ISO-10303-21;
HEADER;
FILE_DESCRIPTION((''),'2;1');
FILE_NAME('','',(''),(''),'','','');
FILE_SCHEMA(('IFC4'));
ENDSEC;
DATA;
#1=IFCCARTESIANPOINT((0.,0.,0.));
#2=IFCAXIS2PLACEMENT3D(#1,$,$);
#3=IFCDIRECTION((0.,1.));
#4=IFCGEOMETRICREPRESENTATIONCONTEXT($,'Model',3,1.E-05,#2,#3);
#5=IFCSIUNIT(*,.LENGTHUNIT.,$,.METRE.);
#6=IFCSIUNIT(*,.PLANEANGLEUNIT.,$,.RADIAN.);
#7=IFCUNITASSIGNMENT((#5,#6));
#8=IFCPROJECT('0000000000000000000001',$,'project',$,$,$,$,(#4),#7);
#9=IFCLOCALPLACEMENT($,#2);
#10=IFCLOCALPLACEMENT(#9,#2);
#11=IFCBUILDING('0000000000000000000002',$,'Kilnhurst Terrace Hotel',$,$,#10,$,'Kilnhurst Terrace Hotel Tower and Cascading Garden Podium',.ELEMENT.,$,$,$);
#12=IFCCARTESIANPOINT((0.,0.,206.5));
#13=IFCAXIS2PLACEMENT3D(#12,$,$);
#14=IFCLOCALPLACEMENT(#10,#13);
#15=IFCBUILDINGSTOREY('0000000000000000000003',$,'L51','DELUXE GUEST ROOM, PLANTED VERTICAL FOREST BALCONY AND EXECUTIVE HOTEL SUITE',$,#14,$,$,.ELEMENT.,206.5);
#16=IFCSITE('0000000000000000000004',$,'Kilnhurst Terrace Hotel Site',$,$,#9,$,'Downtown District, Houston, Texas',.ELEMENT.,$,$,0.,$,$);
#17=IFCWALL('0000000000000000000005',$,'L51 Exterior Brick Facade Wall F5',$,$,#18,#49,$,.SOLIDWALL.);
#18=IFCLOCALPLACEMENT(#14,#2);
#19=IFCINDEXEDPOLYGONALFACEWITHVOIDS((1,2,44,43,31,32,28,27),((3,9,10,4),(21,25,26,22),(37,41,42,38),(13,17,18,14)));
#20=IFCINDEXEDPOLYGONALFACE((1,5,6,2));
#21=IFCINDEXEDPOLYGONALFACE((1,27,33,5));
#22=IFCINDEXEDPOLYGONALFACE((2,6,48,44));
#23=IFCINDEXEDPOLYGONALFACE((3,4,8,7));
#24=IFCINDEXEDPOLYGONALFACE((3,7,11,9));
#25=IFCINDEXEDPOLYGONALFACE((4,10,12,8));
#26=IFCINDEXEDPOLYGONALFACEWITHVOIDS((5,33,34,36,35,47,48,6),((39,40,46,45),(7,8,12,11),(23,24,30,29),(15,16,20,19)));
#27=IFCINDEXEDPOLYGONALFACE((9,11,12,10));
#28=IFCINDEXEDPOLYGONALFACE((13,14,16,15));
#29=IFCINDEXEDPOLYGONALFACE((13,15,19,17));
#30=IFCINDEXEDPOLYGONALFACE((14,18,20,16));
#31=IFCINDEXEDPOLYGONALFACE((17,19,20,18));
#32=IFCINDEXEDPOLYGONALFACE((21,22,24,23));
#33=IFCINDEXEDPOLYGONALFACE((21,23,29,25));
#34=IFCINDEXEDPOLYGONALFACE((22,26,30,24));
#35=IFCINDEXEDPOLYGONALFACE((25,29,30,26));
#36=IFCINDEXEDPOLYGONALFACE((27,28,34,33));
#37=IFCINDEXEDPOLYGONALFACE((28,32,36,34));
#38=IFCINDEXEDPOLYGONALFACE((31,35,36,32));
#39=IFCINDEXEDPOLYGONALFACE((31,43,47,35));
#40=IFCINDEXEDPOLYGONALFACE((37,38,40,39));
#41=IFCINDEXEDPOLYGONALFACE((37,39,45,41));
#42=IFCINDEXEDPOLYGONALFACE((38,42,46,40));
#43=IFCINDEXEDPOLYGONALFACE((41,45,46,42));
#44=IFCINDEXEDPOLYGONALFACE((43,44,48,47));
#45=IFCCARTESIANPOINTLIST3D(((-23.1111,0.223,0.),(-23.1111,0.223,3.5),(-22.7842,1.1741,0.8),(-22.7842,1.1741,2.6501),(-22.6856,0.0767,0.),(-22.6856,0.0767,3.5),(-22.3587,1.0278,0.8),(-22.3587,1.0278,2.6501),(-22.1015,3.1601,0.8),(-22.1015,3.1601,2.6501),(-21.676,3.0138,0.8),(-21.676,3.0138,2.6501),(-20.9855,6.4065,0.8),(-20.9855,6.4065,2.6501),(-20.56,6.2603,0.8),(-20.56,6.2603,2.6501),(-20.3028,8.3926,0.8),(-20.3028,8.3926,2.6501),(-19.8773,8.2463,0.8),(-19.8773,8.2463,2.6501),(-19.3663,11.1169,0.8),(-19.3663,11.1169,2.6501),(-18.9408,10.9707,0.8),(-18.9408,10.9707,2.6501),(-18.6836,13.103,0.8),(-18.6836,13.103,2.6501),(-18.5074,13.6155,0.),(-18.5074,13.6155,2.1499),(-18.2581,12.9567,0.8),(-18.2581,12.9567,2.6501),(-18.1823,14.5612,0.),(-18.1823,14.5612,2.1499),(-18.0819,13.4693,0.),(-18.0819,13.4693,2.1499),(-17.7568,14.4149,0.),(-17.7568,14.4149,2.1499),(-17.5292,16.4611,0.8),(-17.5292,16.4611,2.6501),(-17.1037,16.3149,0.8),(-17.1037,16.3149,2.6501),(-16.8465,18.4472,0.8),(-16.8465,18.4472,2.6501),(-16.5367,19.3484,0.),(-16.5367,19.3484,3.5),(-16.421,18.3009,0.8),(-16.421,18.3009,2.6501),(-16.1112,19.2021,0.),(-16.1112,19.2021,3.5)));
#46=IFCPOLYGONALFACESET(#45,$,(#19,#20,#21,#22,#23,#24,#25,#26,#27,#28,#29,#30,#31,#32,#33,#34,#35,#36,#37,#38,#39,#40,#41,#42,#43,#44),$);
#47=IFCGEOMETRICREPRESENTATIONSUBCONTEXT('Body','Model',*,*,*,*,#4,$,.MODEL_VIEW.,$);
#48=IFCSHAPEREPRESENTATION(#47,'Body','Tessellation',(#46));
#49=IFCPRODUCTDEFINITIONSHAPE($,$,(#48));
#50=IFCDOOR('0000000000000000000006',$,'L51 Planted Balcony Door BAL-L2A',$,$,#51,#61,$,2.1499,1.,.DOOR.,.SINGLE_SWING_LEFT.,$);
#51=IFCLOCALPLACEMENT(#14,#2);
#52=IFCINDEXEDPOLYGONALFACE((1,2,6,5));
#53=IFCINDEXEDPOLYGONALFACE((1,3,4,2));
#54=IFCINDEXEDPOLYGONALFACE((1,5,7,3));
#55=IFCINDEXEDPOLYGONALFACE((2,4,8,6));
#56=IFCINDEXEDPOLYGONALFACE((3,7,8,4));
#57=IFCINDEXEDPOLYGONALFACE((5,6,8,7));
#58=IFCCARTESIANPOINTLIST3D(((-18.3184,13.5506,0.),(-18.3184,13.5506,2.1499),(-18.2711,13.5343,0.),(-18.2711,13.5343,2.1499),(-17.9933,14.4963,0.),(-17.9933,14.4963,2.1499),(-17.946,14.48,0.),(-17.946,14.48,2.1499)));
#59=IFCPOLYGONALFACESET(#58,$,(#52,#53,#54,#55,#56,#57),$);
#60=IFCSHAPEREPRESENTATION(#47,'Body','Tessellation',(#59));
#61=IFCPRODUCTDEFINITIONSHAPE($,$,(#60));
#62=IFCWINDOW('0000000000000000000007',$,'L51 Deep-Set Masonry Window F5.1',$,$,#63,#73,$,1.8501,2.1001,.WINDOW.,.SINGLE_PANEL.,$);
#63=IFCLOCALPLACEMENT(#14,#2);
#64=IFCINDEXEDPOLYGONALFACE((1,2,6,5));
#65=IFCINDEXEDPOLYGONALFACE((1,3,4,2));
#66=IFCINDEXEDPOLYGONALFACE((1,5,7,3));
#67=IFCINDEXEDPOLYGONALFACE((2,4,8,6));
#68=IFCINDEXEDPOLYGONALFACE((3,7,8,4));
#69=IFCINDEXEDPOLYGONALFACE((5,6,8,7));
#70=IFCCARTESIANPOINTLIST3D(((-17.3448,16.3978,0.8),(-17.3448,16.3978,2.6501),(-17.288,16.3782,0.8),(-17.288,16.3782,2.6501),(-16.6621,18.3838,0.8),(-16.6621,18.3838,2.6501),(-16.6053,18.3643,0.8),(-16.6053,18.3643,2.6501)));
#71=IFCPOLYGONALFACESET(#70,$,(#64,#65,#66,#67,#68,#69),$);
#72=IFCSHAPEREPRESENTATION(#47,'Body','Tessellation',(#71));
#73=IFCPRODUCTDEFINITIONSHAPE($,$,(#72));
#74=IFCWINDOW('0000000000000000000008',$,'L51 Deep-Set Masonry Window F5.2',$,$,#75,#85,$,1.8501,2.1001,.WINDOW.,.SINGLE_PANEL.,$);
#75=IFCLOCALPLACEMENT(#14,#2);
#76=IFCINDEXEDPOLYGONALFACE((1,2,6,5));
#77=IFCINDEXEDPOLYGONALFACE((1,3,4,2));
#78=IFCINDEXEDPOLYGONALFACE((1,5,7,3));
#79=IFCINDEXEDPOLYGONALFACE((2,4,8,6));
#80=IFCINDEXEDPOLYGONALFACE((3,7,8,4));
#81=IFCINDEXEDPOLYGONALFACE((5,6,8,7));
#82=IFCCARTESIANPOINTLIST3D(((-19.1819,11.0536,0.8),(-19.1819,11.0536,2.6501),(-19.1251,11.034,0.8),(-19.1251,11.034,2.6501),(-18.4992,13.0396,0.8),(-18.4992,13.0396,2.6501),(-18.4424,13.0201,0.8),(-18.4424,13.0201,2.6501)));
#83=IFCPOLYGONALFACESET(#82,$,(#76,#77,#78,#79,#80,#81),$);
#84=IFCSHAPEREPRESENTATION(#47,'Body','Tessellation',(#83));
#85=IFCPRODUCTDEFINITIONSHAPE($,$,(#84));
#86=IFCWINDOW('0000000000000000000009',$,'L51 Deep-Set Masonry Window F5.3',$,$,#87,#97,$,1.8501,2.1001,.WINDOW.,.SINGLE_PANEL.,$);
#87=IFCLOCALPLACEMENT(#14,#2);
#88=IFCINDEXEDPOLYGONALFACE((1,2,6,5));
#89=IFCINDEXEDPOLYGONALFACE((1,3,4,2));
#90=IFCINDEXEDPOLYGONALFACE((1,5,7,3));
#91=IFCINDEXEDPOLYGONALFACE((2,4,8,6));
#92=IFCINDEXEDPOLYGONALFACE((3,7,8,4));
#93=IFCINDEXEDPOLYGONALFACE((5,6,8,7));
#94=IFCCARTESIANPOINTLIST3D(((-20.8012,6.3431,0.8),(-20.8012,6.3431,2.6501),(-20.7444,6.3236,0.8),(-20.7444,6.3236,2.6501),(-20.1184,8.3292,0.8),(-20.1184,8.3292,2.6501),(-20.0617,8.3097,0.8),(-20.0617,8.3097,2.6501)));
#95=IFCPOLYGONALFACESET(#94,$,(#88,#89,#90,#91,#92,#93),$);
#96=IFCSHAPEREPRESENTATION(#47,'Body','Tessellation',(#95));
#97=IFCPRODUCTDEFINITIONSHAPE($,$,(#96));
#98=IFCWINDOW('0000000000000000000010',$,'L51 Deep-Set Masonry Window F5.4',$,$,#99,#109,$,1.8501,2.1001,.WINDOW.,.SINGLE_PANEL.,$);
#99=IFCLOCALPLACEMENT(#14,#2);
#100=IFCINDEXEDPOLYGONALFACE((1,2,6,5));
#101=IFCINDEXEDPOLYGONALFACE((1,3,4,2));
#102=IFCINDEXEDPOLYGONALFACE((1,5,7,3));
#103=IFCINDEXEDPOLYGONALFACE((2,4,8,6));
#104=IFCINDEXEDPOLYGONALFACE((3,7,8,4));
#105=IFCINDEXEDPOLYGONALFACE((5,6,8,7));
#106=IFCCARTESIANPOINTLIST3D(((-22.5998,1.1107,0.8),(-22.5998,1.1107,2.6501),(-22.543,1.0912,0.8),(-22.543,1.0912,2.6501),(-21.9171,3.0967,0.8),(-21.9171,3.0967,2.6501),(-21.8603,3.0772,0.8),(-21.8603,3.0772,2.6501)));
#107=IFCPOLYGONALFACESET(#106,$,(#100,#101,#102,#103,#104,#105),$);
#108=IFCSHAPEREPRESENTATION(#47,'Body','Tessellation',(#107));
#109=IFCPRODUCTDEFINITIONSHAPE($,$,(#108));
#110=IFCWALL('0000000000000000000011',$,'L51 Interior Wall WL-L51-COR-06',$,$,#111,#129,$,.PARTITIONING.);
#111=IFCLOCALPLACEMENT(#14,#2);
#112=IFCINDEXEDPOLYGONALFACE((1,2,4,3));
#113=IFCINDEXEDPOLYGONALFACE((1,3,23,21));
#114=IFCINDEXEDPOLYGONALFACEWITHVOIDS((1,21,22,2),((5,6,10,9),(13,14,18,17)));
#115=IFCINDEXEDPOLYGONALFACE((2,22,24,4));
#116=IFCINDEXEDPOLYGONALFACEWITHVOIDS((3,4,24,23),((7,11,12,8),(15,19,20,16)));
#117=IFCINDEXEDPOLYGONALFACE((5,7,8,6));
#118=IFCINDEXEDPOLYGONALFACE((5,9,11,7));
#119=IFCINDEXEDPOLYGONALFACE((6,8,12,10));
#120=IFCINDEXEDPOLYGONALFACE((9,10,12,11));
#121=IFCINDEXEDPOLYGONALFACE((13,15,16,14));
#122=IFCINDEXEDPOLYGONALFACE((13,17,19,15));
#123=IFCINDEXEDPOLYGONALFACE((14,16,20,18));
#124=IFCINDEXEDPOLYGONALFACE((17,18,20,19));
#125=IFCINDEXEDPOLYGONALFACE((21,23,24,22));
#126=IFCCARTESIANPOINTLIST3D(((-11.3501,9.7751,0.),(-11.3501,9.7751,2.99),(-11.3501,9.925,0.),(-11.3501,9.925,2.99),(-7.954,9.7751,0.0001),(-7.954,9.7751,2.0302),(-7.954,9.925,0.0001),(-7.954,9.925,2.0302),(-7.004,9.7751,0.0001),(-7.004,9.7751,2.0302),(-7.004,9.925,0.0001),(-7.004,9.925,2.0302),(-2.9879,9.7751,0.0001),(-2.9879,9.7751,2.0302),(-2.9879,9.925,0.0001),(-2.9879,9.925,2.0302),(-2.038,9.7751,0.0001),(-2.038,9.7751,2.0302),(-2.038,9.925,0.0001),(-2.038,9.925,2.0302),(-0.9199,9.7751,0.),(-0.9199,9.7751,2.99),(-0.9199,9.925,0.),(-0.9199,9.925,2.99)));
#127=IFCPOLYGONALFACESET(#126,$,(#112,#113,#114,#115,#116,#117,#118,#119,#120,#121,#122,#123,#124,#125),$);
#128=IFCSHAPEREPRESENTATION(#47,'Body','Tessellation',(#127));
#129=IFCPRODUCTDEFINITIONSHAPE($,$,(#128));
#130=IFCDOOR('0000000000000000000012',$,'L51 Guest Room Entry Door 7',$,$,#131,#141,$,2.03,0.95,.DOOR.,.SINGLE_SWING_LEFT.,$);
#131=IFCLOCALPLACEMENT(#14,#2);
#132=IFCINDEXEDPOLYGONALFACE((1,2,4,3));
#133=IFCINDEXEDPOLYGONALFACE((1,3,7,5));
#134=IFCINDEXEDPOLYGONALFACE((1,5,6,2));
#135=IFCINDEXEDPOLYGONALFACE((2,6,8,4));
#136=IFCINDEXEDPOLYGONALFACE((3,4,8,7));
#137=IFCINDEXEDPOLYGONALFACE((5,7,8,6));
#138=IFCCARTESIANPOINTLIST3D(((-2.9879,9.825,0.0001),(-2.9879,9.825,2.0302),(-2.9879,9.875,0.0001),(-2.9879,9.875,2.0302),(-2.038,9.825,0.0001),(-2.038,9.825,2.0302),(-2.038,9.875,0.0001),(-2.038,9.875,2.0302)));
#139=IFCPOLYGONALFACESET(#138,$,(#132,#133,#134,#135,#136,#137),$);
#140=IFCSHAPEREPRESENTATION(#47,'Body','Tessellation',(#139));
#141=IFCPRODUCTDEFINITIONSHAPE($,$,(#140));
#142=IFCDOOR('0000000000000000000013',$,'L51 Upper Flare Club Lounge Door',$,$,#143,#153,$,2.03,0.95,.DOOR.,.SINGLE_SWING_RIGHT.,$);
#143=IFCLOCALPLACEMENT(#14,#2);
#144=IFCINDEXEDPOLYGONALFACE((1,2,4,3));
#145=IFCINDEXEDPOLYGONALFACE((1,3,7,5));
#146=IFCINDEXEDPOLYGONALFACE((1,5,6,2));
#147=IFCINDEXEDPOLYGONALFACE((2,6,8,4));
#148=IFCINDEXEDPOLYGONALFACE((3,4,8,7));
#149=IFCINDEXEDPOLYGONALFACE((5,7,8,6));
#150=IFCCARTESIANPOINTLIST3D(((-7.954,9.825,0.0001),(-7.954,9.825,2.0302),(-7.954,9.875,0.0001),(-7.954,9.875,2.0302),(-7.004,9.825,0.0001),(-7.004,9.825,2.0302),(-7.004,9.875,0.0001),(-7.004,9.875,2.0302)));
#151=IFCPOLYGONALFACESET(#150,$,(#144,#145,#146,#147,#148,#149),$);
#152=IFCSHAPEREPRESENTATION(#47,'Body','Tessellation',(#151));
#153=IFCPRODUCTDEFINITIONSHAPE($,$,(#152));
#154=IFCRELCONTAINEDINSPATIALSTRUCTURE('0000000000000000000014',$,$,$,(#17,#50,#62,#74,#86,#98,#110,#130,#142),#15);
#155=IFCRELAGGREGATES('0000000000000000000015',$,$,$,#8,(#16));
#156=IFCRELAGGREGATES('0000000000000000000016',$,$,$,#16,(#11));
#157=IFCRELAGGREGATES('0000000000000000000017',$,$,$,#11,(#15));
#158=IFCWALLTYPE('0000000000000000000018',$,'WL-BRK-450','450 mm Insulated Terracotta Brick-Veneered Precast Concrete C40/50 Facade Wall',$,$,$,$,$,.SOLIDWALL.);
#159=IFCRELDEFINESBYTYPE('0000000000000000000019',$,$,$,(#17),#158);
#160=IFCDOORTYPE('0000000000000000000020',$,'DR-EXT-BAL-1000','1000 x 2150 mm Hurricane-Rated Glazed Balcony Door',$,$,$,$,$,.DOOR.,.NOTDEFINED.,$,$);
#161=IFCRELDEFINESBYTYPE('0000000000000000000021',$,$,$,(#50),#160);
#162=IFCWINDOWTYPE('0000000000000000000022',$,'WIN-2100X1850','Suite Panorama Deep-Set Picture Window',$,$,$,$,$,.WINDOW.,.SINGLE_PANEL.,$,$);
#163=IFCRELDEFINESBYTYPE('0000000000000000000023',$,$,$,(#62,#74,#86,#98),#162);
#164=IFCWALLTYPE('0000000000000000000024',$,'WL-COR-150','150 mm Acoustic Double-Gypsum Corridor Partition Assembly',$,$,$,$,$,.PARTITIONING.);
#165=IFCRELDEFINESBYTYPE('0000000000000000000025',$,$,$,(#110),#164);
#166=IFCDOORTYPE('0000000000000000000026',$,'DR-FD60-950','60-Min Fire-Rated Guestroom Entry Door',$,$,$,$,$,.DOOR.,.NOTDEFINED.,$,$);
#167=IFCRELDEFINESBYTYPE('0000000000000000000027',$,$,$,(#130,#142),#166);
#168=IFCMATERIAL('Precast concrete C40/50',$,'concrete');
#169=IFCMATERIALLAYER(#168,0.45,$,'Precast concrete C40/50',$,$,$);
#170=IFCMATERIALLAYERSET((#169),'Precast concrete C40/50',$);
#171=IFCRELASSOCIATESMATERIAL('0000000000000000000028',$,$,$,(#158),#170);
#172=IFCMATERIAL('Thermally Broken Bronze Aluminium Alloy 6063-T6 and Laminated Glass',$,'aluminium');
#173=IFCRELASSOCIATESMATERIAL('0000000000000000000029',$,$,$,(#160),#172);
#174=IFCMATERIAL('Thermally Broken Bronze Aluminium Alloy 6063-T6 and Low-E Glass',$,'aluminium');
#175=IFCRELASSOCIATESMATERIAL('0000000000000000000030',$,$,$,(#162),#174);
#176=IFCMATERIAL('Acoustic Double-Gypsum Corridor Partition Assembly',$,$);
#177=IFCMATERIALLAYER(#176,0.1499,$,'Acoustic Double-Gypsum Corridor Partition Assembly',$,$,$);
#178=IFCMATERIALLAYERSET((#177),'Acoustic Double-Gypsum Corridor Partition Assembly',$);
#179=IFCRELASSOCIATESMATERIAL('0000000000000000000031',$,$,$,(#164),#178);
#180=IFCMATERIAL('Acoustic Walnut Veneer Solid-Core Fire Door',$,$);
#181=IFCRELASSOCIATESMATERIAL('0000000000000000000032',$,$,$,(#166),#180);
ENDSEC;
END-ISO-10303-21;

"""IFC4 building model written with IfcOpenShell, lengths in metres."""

from ifc_helpers import new_model, si_unit, direction, frame, frame_2d, origin, place, context, subcontext, project, spatial, rectangle, extrude, material, layer, layer_set, type_object, element, fill, save


model = new_model("IFC4")

# Units and contexts
model_context = context("Model", 3, precision=1e-05, world=origin(), true_north=direction((0.0, 1.0)))
body_context = subcontext(model_context, "Body", "Model", "MODEL_VIEW")
ifc_project = project(units=[si_unit("LENGTHUNIT", "METRE"), si_unit("PLANEANGLEUNIT", "RADIAN")], contexts=[model_context])

# Site, building, storey
site_placement = place(None, origin())
site = spatial("IfcSite", under=ifc_project, at=site_placement, Name="Kilnhurst Terrace Hotel Site", LongName="Downtown District, Houston, Texas", CompositionType="ELEMENT", RefElevation=0.0)
building_placement = place(site_placement, origin())
building = spatial("IfcBuilding", under=site, at=building_placement, Name="Kilnhurst Terrace Hotel", LongName="Kilnhurst Terrace Hotel Tower and Cascading Garden Podium", CompositionType="ELEMENT")
storey_placement = place(building_placement, frame((0.0, 0.0, 206.5)))
storey = spatial("IfcBuildingStorey", under=building, at=storey_placement, Name="L51", Description="DELUXE GUEST ROOM, PLANTED VERTICAL FOREST BALCONY AND EXECUTIVE HOTEL SUITE", CompositionType="ELEMENT", Elevation=206.5)

# Shared definitions
ifc_material_1 = material(Name="Precast concrete C40/50", Category="concrete")
ifc_layer_1 = layer(ifc_material_1, 0.45, Name="Precast concrete C40/50")
ifc_layer_set_1 = layer_set([ifc_layer_1], Name="Precast concrete C40/50")
wall_type_1 = type_object("IfcWallType", Name="WL-BRK-450", Description="450 mm Insulated Terracotta Brick-Veneered Precast Concrete C40/50 Facade Wall", PredefinedType="SOLIDWALL", material=ifc_layer_set_1)

# Wall, openings, door, windows
wall_1_placement = place(storey_placement, frame((-16.324, 19.2751, 0.0), z_axis=(0.0, 0.0, 1.0), x_axis=(-0.325083, -0.945685, 0.0)))
wall_1 = element("IfcWall", 1, at=wall_1_placement, inside=storey, type_object=wall_type_1, Name="L51 Exterior Brick Facade Wall F5", PredefinedType="SOLIDWALL", context=body_context, shape_type="SweptSolid", body=[
    extrude(rectangle(XDim=20.2239, YDim=0.45, at=frame_2d((10.1118, 0.0))), origin(), (0.0, 0.0, 1.0), 3.5),
])
opening_1_placement = place(wall_1_placement, frame((5.062, 0.0, 0.0)))
opening_1 = element("IfcOpeningElement", 2, at=opening_1_placement, cuts=wall_1, PredefinedType="OPENING", context=body_context, shape_type="SweptSolid", body=[
    extrude(rectangle(XDim=1.0, YDim=2.1499, at=frame_2d((0.5, 1.075))), frame((0.0, 0.2349, 0.0), z_axis=(0.0, -1.0, 0.0), x_axis=(1.0, 0.0, 0.0)), (0.0, 0.0, 1.0), 0.47),
])
opening_2_placement = place(wall_1_placement, frame((0.9529, 0.0, 0.8)))
opening_2 = element("IfcOpeningElement", 3, at=opening_2_placement, cuts=wall_1, PredefinedType="OPENING", context=body_context, shape_type="SweptSolid", body=[
    extrude(rectangle(XDim=2.1001, YDim=1.8501, at=frame_2d((1.05, 0.925))), frame((0.0, 0.2349, 0.0), z_axis=(0.0, -1.0, 0.0), x_axis=(1.0, 0.0, 0.0)), (0.0, 0.0, 1.0), 0.47),
])
opening_3_placement = place(wall_1_placement, frame((6.604, 0.0, 0.8)))
opening_3 = element("IfcOpeningElement", 4, at=opening_3_placement, cuts=wall_1, PredefinedType="OPENING", context=body_context, shape_type="SweptSolid", body=[
    extrude(rectangle(XDim=2.1001, YDim=1.8501, at=frame_2d((1.05, 0.925))), frame((0.0, 0.2349, 0.0), z_axis=(0.0, -1.0, 0.0), x_axis=(1.0, 0.0, 0.0)), (0.0, 0.0, 1.0), 0.47),
])
opening_4_placement = place(wall_1_placement, frame((11.585, 0.0, 0.8)))
opening_4 = element("IfcOpeningElement", 5, at=opening_4_placement, cuts=wall_1, PredefinedType="OPENING", context=body_context, shape_type="SweptSolid", body=[
    extrude(rectangle(XDim=2.1001, YDim=1.8501, at=frame_2d((1.05, 0.925))), frame((0.0, 0.2349, 0.0), z_axis=(0.0, -1.0, 0.0), x_axis=(1.0, 0.0, 0.0)), (0.0, 0.0, 1.0), 0.47),
])
opening_5_placement = place(wall_1_placement, frame((17.1179, 0.0, 0.8)))
opening_5 = element("IfcOpeningElement", 6, at=opening_5_placement, cuts=wall_1, PredefinedType="OPENING", context=body_context, shape_type="SweptSolid", body=[
    extrude(rectangle(XDim=2.1001, YDim=1.8501, at=frame_2d((1.05, 0.925))), frame((0.0, 0.2349, 0.0), z_axis=(0.0, -1.0, 0.0), x_axis=(1.0, 0.0, 0.0)), (0.0, 0.0, 1.0), 0.47),
])
ifc_material_2 = material(Name="Thermally Broken Bronze Aluminium Alloy 6063-T6 and Laminated Glass", Category="aluminium")
door_type_1 = type_object("IfcDoorType", Name="DR-EXT-BAL-1000", Description="1000 x 2150 mm Hurricane-Rated Glazed Balcony Door", OperationType="NOTDEFINED", PredefinedType="DOOR", material=ifc_material_2)
door_1_placement = place(opening_1_placement, origin())
door_1 = element("IfcDoor", 7, at=door_1_placement, inside=storey, type_object=door_type_1, Name="L51 Planted Balcony Door BAL-L2A", OperationType="SINGLE_SWING_LEFT", OverallHeight=2.1499, OverallWidth=1.0, PredefinedType="DOOR", context=body_context, shape_type="SweptSolid", body=[
    extrude(rectangle(XDim=1.0, YDim=2.1499, at=frame_2d((0.5, 1.075))), frame((0.0, 0.0249, 0.0), z_axis=(0.0, -1.0, 0.0), x_axis=(1.0, 0.0, 0.0)), (0.0, 0.0, 1.0), 0.05),
])
fill(opening_1, door_1)
ifc_material_3 = material(Name="Thermally Broken Bronze Aluminium Alloy 6063-T6 and Low-E Glass", Category="aluminium")
window_type = type_object("IfcWindowType", Name="WIN-2100X1850", Description="Suite Panorama Deep-Set Picture Window", PartitioningType="SINGLE_PANEL", PredefinedType="WINDOW", material=ifc_material_3)
window_1_placement = place(opening_2_placement, origin())
window_1 = element("IfcWindow", 8, at=window_1_placement, inside=storey, type_object=window_type, Name="L51 Deep-Set Masonry Window F5.1", OverallHeight=1.8501, OverallWidth=2.1001, PartitioningType="SINGLE_PANEL", PredefinedType="WINDOW", context=body_context, shape_type="SweptSolid", body=[
    extrude(rectangle(XDim=2.1001, YDim=1.8501, at=frame_2d((1.05, 0.925))), frame((0.0, 0.03, 0.0), z_axis=(0.0, -1.0, 0.0), x_axis=(1.0, 0.0, 0.0)), (0.0, 0.0, 1.0), 0.0601),
])
fill(opening_2, window_1)
window_2_placement = place(opening_3_placement, origin())
window_2 = element("IfcWindow", 9, at=window_2_placement, inside=storey, type_object=window_type, Name="L51 Deep-Set Masonry Window F5.2", OverallHeight=1.8501, OverallWidth=2.1001, PartitioningType="SINGLE_PANEL", PredefinedType="WINDOW", context=body_context, shape_type="SweptSolid", body=[
    extrude(rectangle(XDim=2.1001, YDim=1.8501, at=frame_2d((1.05, 0.925))), frame((0.0, 0.03, 0.0), z_axis=(0.0, -1.0, 0.0), x_axis=(1.0, 0.0, 0.0)), (0.0, 0.0, 1.0), 0.0601),
])
fill(opening_3, window_2)
window_3_placement = place(opening_4_placement, origin())
window_3 = element("IfcWindow", 10, at=window_3_placement, inside=storey, type_object=window_type, Name="L51 Deep-Set Masonry Window F5.3", OverallHeight=1.8501, OverallWidth=2.1001, PartitioningType="SINGLE_PANEL", PredefinedType="WINDOW", context=body_context, shape_type="SweptSolid", body=[
    extrude(rectangle(XDim=2.1001, YDim=1.8501, at=frame_2d((1.05, 0.925))), frame((0.0, 0.03, 0.0), z_axis=(0.0, -1.0, 0.0), x_axis=(1.0, 0.0, 0.0)), (0.0, 0.0, 1.0), 0.0601),
])
fill(opening_4, window_3)
window_4_placement = place(opening_5_placement, origin())
window_4 = element("IfcWindow", 11, at=window_4_placement, inside=storey, type_object=window_type, Name="L51 Deep-Set Masonry Window F5.4", OverallHeight=1.8501, OverallWidth=2.1001, PartitioningType="SINGLE_PANEL", PredefinedType="WINDOW", context=body_context, shape_type="SweptSolid", body=[
    extrude(rectangle(XDim=2.1001, YDim=1.8501, at=frame_2d((1.05, 0.925))), frame((0.0, 0.03, 0.0), z_axis=(0.0, -1.0, 0.0), x_axis=(1.0, 0.0, 0.0)), (0.0, 0.0, 1.0), 0.0601),
])
fill(opening_5, window_4)

# Wall, openings, doors
ifc_material_4 = material(Name="Acoustic Double-Gypsum Corridor Partition Assembly")
ifc_layer_2 = layer(ifc_material_4, 0.1499, Name="Acoustic Double-Gypsum Corridor Partition Assembly")
ifc_layer_set_2 = layer_set([ifc_layer_2], Name="Acoustic Double-Gypsum Corridor Partition Assembly")
wall_type_2 = type_object("IfcWallType", Name="WL-COR-150", Description="150 mm Acoustic Double-Gypsum Corridor Partition Assembly", PredefinedType="PARTITIONING", material=ifc_layer_set_2)
wall_2_placement = place(storey_placement, frame((-11.3501, 9.8501, 0.0), z_axis=(0.0, 0.0, 1.0), x_axis=(1.0, 0.0, 0.0)))
wall_2 = element("IfcWall", 12, at=wall_2_placement, inside=storey, type_object=wall_type_2, Name="L51 Interior Wall WL-L51-COR-06", PredefinedType="PARTITIONING", context=body_context, shape_type="SweptSolid", body=[
    extrude(rectangle(XDim=10.4302, YDim=0.1499, at=frame_2d((5.2151, 0.0))), origin(), (0.0, 0.0, 1.0), 2.99),
])
opening_6_placement = place(wall_2_placement, frame((8.3621, 0.0, 0.0)))
opening_6 = element("IfcOpeningElement", 13, at=opening_6_placement, cuts=wall_2, PredefinedType="OPENING", context=body_context, shape_type="SweptSolid", body=[
    extrude(rectangle(XDim=0.95, YDim=2.03, at=frame_2d((0.4751, 1.0151))), frame((0.0, 0.085, 0.0), z_axis=(0.0, -1.0, 0.0), x_axis=(1.0, 0.0, 0.0)), (0.0, 0.0, 1.0), 0.1699),
])
opening_7_placement = place(wall_2_placement, frame((3.396, 0.0, 0.0)))
opening_7 = element("IfcOpeningElement", 14, at=opening_7_placement, cuts=wall_2, PredefinedType="OPENING", context=body_context, shape_type="SweptSolid", body=[
    extrude(rectangle(XDim=0.95, YDim=2.03, at=frame_2d((0.4751, 1.0151))), frame((0.0, 0.085, 0.0), z_axis=(0.0, -1.0, 0.0), x_axis=(1.0, 0.0, 0.0)), (0.0, 0.0, 1.0), 0.1699),
])
ifc_material_5 = material(Name="Acoustic Walnut Veneer Solid-Core Fire Door")
door_type_2 = type_object("IfcDoorType", Name="DR-FD60-950", Description="60-Min Fire-Rated Guestroom Entry Door", OperationType="NOTDEFINED", PredefinedType="DOOR", material=ifc_material_5)
door_2_placement = place(opening_6_placement, origin())
door_2 = element("IfcDoor", 15, at=door_2_placement, inside=storey, type_object=door_type_2, Name="L51 Guest Room Entry Door 7", OperationType="SINGLE_SWING_LEFT", OverallHeight=2.03, OverallWidth=0.95, PredefinedType="DOOR", context=body_context, shape_type="SweptSolid", body=[
    extrude(rectangle(XDim=0.95, YDim=2.03, at=frame_2d((0.4751, 1.0151))), frame((0.0, 0.0249, 0.0), z_axis=(0.0, -1.0, 0.0), x_axis=(1.0, 0.0, 0.0)), (0.0, 0.0, 1.0), 0.05),
])
fill(opening_6, door_2)
door_3_placement = place(opening_7_placement, origin())
door_3 = element("IfcDoor", 16, at=door_3_placement, inside=storey, type_object=door_type_2, Name="L51 Upper Flare Club Lounge Door", OperationType="SINGLE_SWING_RIGHT", OverallHeight=2.03, OverallWidth=0.95, PredefinedType="DOOR", context=body_context, shape_type="SweptSolid", body=[
    extrude(rectangle(XDim=0.95, YDim=2.03, at=frame_2d((0.4751, 1.0151))), frame((0.0, 0.0249, 0.0), z_axis=(0.0, -1.0, 0.0), x_axis=(1.0, 0.0, 0.0)), (0.0, 0.0, 1.0), 0.05),
])
fill(opening_7, door_3)

save(model, "model.ifc")
